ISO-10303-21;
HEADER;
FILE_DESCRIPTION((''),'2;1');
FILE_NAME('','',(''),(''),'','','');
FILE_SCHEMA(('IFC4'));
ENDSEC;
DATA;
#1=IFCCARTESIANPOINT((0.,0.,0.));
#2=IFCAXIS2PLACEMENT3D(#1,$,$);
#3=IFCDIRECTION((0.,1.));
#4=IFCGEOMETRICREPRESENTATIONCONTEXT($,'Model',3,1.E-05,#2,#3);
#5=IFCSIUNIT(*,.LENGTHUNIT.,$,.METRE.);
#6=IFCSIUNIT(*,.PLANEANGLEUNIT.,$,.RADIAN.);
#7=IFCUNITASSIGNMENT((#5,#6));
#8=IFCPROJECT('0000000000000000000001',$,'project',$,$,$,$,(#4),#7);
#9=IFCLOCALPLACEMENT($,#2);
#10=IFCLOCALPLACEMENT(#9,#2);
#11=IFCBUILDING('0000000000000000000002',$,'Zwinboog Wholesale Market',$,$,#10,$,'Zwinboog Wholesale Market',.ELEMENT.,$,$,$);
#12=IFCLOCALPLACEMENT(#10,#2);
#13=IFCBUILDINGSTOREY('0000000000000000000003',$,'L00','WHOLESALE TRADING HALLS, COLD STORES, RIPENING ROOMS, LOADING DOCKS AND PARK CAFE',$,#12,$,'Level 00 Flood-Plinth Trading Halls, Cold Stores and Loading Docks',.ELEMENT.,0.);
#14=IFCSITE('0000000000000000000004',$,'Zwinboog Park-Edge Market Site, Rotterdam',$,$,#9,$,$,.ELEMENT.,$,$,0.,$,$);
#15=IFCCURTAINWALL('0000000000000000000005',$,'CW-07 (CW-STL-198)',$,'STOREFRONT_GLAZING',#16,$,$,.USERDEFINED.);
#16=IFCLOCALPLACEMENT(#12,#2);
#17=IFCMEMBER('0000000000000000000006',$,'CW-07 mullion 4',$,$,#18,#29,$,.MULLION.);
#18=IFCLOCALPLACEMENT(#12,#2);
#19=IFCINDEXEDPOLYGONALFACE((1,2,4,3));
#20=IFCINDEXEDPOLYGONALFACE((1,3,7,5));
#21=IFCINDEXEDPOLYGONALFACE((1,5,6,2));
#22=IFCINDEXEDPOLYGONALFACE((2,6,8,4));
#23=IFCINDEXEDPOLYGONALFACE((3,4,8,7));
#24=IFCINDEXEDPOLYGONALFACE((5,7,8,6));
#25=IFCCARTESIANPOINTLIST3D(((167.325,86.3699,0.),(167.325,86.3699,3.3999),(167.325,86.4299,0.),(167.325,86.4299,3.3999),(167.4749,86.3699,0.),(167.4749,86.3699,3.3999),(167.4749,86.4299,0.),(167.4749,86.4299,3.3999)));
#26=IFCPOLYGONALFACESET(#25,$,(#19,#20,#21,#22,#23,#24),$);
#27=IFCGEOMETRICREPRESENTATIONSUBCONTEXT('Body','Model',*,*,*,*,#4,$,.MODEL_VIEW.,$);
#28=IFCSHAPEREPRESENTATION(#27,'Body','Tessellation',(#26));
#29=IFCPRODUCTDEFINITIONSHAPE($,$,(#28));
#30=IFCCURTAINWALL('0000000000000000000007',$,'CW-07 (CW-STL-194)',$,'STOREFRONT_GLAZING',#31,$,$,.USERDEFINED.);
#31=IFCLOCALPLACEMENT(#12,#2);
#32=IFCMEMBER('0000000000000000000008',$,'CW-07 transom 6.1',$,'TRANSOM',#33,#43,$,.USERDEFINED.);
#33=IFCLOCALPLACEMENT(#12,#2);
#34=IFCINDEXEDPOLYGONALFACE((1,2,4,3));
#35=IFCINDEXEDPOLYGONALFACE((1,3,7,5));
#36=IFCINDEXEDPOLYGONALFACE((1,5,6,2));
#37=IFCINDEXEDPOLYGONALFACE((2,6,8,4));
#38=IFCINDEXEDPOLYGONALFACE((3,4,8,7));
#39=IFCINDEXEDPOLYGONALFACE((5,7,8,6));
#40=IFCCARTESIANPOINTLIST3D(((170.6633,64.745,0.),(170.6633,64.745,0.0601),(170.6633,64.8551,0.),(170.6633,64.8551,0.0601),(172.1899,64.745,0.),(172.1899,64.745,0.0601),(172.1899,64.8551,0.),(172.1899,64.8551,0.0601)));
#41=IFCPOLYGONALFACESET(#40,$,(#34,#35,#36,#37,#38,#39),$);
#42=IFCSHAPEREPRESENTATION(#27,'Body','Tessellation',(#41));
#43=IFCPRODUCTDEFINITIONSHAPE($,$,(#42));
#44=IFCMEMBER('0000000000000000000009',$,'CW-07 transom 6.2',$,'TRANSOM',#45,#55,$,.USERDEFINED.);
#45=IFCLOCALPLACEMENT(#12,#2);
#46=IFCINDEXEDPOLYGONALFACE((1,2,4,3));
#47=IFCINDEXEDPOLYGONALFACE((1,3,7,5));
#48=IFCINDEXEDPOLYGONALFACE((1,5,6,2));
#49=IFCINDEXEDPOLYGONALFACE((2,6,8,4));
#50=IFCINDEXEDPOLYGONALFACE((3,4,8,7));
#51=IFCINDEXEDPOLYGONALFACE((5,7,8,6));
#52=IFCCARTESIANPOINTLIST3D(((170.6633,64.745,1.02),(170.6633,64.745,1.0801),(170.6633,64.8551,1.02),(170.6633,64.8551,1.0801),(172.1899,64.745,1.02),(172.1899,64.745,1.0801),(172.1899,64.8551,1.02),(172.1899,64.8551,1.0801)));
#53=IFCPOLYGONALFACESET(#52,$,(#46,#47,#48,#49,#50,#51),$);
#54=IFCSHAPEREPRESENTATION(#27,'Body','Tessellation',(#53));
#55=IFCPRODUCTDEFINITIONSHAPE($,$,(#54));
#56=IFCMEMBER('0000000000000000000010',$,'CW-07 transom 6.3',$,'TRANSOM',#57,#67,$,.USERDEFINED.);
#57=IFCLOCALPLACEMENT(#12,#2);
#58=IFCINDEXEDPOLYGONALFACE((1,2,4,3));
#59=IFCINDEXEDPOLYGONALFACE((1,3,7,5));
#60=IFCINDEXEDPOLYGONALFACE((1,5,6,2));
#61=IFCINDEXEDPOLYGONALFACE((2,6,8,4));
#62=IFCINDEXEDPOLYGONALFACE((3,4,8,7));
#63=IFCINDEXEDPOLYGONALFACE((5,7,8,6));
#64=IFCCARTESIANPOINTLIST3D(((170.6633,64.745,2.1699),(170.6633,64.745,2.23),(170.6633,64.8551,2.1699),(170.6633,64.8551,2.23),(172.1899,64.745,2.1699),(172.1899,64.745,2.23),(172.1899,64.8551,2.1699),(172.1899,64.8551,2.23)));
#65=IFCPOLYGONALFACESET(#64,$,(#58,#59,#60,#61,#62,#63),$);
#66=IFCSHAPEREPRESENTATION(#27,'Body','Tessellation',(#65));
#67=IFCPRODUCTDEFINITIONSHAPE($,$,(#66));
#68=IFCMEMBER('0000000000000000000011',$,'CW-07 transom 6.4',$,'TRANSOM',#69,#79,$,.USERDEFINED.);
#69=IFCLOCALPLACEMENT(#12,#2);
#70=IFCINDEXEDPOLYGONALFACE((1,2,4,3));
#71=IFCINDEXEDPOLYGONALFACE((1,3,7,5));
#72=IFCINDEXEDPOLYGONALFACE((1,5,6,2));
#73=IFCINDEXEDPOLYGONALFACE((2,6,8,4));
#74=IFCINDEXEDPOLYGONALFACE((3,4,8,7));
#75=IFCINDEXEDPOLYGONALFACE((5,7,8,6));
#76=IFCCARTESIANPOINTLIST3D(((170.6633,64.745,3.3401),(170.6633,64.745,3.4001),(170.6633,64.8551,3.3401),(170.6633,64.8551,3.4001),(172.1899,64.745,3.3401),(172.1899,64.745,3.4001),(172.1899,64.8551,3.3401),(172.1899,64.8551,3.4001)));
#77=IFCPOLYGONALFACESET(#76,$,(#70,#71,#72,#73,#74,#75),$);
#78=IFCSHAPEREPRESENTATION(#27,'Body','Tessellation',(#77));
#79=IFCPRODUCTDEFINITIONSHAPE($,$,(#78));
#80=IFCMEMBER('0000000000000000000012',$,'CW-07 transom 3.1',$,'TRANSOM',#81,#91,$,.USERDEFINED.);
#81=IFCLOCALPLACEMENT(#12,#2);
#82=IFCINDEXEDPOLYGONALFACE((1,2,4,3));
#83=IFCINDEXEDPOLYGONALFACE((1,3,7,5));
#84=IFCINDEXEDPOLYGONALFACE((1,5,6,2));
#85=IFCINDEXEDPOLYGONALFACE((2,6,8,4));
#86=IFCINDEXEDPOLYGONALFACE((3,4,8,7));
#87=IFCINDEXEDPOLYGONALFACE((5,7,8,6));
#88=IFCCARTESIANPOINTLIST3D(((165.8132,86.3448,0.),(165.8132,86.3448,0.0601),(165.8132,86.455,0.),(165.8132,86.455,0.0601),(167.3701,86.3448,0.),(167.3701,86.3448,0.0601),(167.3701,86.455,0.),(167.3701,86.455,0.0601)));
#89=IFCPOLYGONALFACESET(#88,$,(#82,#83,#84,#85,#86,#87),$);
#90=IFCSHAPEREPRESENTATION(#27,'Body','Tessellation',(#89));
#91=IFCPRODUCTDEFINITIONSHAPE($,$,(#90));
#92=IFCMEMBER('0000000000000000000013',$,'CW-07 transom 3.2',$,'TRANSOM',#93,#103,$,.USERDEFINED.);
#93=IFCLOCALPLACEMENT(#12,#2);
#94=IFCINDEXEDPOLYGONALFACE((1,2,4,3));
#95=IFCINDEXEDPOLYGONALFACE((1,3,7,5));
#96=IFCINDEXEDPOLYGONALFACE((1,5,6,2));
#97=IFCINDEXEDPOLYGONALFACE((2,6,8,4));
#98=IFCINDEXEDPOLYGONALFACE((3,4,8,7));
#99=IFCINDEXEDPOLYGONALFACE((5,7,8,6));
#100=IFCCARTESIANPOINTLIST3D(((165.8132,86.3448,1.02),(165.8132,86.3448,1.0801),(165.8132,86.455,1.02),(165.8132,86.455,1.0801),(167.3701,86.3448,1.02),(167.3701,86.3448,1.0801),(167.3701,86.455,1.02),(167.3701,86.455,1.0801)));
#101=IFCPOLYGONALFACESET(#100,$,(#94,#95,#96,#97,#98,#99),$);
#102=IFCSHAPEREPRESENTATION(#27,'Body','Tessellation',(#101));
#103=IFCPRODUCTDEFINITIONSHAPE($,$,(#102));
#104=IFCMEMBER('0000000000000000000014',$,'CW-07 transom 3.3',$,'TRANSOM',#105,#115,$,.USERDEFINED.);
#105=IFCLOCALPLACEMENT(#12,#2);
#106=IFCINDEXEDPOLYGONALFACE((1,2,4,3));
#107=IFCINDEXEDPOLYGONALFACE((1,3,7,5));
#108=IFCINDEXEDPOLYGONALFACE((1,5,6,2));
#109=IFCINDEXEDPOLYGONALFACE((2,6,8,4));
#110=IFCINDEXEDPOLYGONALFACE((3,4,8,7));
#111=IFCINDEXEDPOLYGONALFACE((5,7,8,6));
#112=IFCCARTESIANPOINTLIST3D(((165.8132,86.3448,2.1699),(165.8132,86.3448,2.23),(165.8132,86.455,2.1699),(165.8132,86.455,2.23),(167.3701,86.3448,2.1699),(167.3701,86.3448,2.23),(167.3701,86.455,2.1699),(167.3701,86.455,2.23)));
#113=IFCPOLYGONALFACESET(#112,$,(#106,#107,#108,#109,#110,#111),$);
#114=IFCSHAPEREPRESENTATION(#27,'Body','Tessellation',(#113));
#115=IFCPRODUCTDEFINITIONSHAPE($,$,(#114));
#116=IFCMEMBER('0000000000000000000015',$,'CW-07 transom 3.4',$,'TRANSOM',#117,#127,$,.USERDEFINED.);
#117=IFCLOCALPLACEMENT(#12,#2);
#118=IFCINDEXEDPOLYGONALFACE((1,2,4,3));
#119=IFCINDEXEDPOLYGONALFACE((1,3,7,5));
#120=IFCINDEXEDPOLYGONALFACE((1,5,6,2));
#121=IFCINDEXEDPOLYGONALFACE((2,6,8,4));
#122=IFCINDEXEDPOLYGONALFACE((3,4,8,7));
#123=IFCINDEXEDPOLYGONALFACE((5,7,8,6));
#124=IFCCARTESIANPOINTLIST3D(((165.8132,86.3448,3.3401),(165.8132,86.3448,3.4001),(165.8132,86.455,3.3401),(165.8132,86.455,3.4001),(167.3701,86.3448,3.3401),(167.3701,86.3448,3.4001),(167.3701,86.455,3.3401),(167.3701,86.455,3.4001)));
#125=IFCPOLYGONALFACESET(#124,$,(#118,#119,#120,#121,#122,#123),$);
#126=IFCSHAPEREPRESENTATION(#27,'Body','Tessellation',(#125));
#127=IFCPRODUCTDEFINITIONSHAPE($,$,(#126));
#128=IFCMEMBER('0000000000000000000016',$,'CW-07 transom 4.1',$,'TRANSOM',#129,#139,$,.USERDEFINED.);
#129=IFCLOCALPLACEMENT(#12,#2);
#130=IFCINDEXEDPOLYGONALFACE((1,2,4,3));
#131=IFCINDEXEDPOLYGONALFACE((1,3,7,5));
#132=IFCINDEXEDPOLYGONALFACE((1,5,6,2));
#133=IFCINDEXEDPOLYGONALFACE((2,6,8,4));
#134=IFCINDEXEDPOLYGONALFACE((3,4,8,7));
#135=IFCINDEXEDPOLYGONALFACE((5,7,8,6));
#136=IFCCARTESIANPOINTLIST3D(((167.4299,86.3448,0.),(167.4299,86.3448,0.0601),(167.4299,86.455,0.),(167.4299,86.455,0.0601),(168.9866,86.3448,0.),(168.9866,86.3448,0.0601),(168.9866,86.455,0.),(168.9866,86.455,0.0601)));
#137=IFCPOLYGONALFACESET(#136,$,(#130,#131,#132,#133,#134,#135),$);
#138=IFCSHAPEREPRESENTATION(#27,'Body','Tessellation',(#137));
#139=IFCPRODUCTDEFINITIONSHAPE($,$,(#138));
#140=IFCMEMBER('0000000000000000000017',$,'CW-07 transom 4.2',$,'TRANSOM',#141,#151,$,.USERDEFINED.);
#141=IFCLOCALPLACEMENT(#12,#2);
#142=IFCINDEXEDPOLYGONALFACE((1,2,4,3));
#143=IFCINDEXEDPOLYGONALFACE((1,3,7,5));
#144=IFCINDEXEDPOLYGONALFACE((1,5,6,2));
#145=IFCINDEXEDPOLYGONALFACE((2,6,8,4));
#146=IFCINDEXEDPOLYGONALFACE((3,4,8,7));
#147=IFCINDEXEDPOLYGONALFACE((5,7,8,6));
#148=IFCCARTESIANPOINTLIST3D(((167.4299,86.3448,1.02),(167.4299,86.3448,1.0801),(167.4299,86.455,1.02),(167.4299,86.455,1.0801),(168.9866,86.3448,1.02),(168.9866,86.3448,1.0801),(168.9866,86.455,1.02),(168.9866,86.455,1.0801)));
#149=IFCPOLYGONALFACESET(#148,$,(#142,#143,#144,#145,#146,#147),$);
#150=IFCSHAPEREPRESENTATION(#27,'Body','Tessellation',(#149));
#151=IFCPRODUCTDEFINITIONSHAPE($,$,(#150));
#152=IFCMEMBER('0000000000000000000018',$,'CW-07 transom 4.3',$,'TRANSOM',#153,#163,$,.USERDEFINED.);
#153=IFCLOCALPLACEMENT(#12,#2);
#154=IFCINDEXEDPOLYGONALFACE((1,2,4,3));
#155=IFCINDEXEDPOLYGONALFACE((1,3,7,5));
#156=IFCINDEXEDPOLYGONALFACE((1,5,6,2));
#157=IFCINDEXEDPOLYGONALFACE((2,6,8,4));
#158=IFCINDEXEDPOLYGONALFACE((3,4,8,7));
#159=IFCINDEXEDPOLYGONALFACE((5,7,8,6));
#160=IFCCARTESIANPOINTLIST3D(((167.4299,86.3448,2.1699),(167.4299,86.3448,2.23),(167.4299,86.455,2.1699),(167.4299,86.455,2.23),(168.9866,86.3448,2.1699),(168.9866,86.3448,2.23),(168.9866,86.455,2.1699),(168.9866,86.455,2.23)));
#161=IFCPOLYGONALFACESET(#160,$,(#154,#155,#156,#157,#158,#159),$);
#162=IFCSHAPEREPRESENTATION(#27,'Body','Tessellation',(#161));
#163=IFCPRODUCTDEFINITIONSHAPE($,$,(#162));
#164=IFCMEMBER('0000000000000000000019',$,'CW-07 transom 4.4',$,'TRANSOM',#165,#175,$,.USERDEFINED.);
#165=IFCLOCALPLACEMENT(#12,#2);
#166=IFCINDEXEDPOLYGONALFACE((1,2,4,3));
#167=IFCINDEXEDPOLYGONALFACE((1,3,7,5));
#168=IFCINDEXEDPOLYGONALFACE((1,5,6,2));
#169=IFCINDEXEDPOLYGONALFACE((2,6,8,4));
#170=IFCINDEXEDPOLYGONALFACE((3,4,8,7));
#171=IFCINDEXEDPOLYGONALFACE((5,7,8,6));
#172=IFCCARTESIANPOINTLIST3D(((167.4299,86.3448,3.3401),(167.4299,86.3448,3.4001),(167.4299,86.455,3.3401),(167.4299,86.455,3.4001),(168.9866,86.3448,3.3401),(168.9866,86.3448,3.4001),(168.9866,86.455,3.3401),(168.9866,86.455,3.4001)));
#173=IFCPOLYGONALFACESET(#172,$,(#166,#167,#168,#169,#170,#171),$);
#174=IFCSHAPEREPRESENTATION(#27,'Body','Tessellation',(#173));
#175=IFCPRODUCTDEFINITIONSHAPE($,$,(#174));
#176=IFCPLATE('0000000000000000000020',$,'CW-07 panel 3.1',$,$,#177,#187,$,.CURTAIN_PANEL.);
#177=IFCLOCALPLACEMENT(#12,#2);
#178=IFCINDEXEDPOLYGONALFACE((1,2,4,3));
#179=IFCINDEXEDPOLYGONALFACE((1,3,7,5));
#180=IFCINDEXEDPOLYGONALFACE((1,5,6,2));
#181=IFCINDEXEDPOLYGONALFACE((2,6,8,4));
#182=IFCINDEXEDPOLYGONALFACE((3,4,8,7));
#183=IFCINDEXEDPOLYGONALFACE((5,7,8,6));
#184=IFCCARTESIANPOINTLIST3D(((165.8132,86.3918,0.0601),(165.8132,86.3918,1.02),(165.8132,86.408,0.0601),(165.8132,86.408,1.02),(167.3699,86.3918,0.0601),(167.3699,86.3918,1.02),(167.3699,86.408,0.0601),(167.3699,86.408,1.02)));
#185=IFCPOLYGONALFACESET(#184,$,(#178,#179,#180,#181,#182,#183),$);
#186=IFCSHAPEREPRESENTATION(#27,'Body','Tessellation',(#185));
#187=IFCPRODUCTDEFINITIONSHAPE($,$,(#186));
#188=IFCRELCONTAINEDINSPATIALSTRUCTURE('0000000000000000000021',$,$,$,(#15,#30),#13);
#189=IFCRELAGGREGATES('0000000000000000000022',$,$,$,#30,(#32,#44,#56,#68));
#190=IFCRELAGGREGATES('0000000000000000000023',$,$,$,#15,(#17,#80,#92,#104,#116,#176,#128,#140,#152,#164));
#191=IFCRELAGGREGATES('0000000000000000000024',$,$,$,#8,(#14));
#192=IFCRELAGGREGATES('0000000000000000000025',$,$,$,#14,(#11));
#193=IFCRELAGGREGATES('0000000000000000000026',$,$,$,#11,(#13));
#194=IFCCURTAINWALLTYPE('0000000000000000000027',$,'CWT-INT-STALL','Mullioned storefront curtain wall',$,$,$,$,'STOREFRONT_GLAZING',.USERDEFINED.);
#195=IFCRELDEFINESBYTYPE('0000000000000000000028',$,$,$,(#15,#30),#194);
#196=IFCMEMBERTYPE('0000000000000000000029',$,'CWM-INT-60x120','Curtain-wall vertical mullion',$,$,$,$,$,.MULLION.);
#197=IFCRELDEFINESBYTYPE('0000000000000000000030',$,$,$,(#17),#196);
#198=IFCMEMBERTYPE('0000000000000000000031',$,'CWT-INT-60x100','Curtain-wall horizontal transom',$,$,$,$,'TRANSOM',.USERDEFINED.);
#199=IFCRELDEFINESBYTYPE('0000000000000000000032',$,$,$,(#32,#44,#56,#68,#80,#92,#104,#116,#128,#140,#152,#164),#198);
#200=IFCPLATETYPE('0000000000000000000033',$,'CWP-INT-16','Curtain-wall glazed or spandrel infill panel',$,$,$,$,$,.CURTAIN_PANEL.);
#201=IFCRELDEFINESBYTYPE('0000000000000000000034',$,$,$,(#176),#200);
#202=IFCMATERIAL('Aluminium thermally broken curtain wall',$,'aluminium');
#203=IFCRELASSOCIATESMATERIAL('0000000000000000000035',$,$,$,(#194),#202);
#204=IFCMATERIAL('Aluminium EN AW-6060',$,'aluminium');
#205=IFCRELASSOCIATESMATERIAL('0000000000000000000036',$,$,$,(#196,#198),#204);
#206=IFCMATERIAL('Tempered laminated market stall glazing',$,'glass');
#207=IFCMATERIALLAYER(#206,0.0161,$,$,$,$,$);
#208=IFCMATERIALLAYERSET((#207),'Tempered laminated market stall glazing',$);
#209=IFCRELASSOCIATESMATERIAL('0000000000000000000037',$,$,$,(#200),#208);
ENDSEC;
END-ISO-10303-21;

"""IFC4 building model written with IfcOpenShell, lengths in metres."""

from ifc_helpers import new_model, si_unit, direction, frame, origin, origin_2d, place, context, subcontext, project, spatial, rectangle, extrude, material, layer, layer_set, material_profile, profile_set, type_object, element, aggregate, save


model = new_model("IFC4")

# Units and contexts
model_context = context("Model", 3, precision=1e-05, world=origin(), true_north=direction((0.0, 1.0)))
body_context = subcontext(model_context, "Body", "Model", "MODEL_VIEW")
ifc_project = project(units=[si_unit("LENGTHUNIT", "METRE"), si_unit("PLANEANGLEUNIT", "RADIAN")], contexts=[model_context])

# Site, building, storey
site_placement = place(None, origin())
site = spatial("IfcSite", under=ifc_project, at=site_placement, Name="Zwinboog Park-Edge Market Site, Rotterdam", CompositionType="ELEMENT", RefElevation=0.0)
building_placement = place(site_placement, origin())
building = spatial("IfcBuilding", under=site, at=building_placement, Name="Zwinboog Wholesale Market", LongName="Zwinboog Wholesale Market", CompositionType="ELEMENT")
storey_placement = place(building_placement, origin())
storey = spatial("IfcBuildingStorey", under=building, at=storey_placement, Name="L00", Description="WHOLESALE TRADING HALLS, COLD STORES, RIPENING ROOMS, LOADING DOCKS AND PARK CAFE", LongName="Level 00 Flood-Plinth Trading Halls, Cold Stores and Loading Docks", CompositionType="ELEMENT", Elevation=0.0)

# Curtain wall, member
ifc_material_1 = material(Name="Aluminium thermally broken curtain wall", Category="aluminium")
curtain_wall_type = type_object("IfcCurtainWallType", Name="CWT-INT-STALL", Description="Mullioned storefront curtain wall", ElementType="STOREFRONT_GLAZING", PredefinedType="USERDEFINED", material=ifc_material_1)
curtain_wall_1_placement = place(storey_placement, origin())
curtain_wall_1 = element("IfcCurtainWall", 1, at=curtain_wall_1_placement, inside=storey, type_object=curtain_wall_type, Name="CW-07 (CW-STL-198)", ObjectType="STOREFRONT_GLAZING", PredefinedType="USERDEFINED")
ifc_material_2 = material(Name="Aluminium EN AW-6060", Category="aluminium")
ifc_material_profile_1 = material_profile(ifc_material_2, rectangle(XDim=0.0601, YDim=0.1499, at=origin_2d()), Name="AL 60x150")
ifc_profile_set_1 = profile_set([ifc_material_profile_1], Name="Aluminium EN AW-6060")
member_type_1 = type_object("IfcMemberType", Name="CWM-INT-60x120", Description="Curtain-wall vertical mullion", PredefinedType="MULLION", material=ifc_profile_set_1)
member_1_placement = place(storey_placement, frame((167.3999, 86.3999, 0.0), z_axis=(0.0, 0.0, 1.0), x_axis=(0.0, 1.0, 0.0)))
member_1 = element("IfcMember", 2, at=member_1_placement, type_object=member_type_1, Name="CW-07 mullion 4", PredefinedType="MULLION", context=body_context, shape_type="SweptSolid", body=[
    extrude(rectangle(XDim=0.0601, YDim=0.1499, at=origin_2d()), origin(), (0.0, 0.0, 1.0), 3.3999),
])

# Curtain wall, members
curtain_wall_2_placement = place(storey_placement, origin())
curtain_wall_2 = element("IfcCurtainWall", 3, at=curtain_wall_2_placement, inside=storey, type_object=curtain_wall_type, Name="CW-07 (CW-STL-194)", ObjectType="STOREFRONT_GLAZING", PredefinedType="USERDEFINED")
ifc_material_profile_2 = material_profile(ifc_material_2, rectangle(XDim=0.1101, YDim=0.0601, at=origin_2d()), Name="AL 60x110")
ifc_profile_set_2 = profile_set([ifc_material_profile_2], Name="Aluminium EN AW-6060")
member_type_2 = type_object("IfcMemberType", Name="CWT-INT-60x100", Description="Curtain-wall horizontal transom", ElementType="TRANSOM", PredefinedType="USERDEFINED", material=ifc_profile_set_2)
member_2_placement = place(storey_placement, frame((170.6633, 64.8, 0.03), z_axis=(1.0, 0.0, 0.0), x_axis=(0.0, 1.0, 0.0)))
member_2 = element("IfcMember", 4, at=member_2_placement, type_object=member_type_2, Name="CW-07 transom 6.1", ObjectType="TRANSOM", PredefinedType="USERDEFINED", context=body_context, shape_type="SweptSolid", body=[
    extrude(rectangle(XDim=0.1101, YDim=0.0601, at=origin_2d()), origin(), (0.0, 0.0, 1.0), 1.5266),
])
member_3_placement = place(storey_placement, frame((170.6633, 64.8, 1.05), z_axis=(1.0, 0.0, 0.0), x_axis=(0.0, 1.0, 0.0)))
member_3 = element("IfcMember", 5, at=member_3_placement, type_object=member_type_2, Name="CW-07 transom 6.2", ObjectType="TRANSOM", PredefinedType="USERDEFINED", context=body_context, shape_type="SweptSolid", body=[
    extrude(rectangle(XDim=0.1101, YDim=0.0601, at=origin_2d()), origin(), (0.0, 0.0, 1.0), 1.5266),
])
member_4_placement = place(storey_placement, frame((170.6633, 64.8, 2.2), z_axis=(1.0, 0.0, 0.0), x_axis=(0.0, 1.0, 0.0)))
member_4 = element("IfcMember", 6, at=member_4_placement, type_object=member_type_2, Name="CW-07 transom 6.3", ObjectType="TRANSOM", PredefinedType="USERDEFINED", context=body_context, shape_type="SweptSolid", body=[
    extrude(rectangle(XDim=0.1101, YDim=0.0601, at=origin_2d()), origin(), (0.0, 0.0, 1.0), 1.5266),
])
member_5_placement = place(storey_placement, frame((170.6633, 64.8, 3.3701), z_axis=(1.0, 0.0, 0.0), x_axis=(0.0, 1.0, 0.0)))
member_5 = element("IfcMember", 7, at=member_5_placement, type_object=member_type_2, Name="CW-07 transom 6.4", ObjectType="TRANSOM", PredefinedType="USERDEFINED", context=body_context, shape_type="SweptSolid", body=[
    extrude(rectangle(XDim=0.1101, YDim=0.0601, at=origin_2d()), origin(), (0.0, 0.0, 1.0), 1.5266),
])
aggregate(curtain_wall_2, [member_2, member_3, member_4, member_5])

# Members
member_6_placement = place(storey_placement, frame((165.8132, 86.3999, 0.03), z_axis=(1.0, 0.0, 0.0), x_axis=(0.0, 1.0, 0.0)))
member_6 = element("IfcMember", 8, at=member_6_placement, type_object=member_type_2, Name="CW-07 transom 3.1", ObjectType="TRANSOM", PredefinedType="USERDEFINED", context=body_context, shape_type="SweptSolid", body=[
    extrude(rectangle(XDim=0.1101, YDim=0.0601, at=origin_2d()), origin(), (0.0, 0.0, 1.0), 1.5569),
])
member_7_placement = place(storey_placement, frame((165.8132, 86.3999, 1.05), z_axis=(1.0, 0.0, 0.0), x_axis=(0.0, 1.0, 0.0)))
member_7 = element("IfcMember", 9, at=member_7_placement, type_object=member_type_2, Name="CW-07 transom 3.2", ObjectType="TRANSOM", PredefinedType="USERDEFINED", context=body_context, shape_type="SweptSolid", body=[
    extrude(rectangle(XDim=0.1101, YDim=0.0601, at=origin_2d()), origin(), (0.0, 0.0, 1.0), 1.5569),
])
member_8_placement = place(storey_placement, frame((165.8132, 86.3999, 2.2), z_axis=(1.0, 0.0, 0.0), x_axis=(0.0, 1.0, 0.0)))
member_8 = element("IfcMember", 10, at=member_8_placement, type_object=member_type_2, Name="CW-07 transom 3.3", ObjectType="TRANSOM", PredefinedType="USERDEFINED", context=body_context, shape_type="SweptSolid", body=[
    extrude(rectangle(XDim=0.1101, YDim=0.0601, at=origin_2d()), origin(), (0.0, 0.0, 1.0), 1.5569),
])
member_9_placement = place(storey_placement, frame((165.8132, 86.3999, 3.3701), z_axis=(1.0, 0.0, 0.0), x_axis=(0.0, 1.0, 0.0)))
member_9 = element("IfcMember", 11, at=member_9_placement, type_object=member_type_2, Name="CW-07 transom 3.4", ObjectType="TRANSOM", PredefinedType="USERDEFINED", context=body_context, shape_type="SweptSolid", body=[
    extrude(rectangle(XDim=0.1101, YDim=0.0601, at=origin_2d()), origin(), (0.0, 0.0, 1.0), 1.5569),
])
member_10_placement = place(storey_placement, frame((167.4299, 86.3999, 0.03), z_axis=(1.0, 0.0, 0.0), x_axis=(0.0, 1.0, 0.0)))
member_10 = element("IfcMember", 12, at=member_10_placement, type_object=member_type_2, Name="CW-07 transom 4.1", ObjectType="TRANSOM", PredefinedType="USERDEFINED", context=body_context, shape_type="SweptSolid", body=[
    extrude(rectangle(XDim=0.1101, YDim=0.0601, at=origin_2d()), origin(), (0.0, 0.0, 1.0), 1.5566),
])
member_11_placement = place(storey_placement, frame((167.4299, 86.3999, 1.05), z_axis=(1.0, 0.0, 0.0), x_axis=(0.0, 1.0, 0.0)))
member_11 = element("IfcMember", 13, at=member_11_placement, type_object=member_type_2, Name="CW-07 transom 4.2", ObjectType="TRANSOM", PredefinedType="USERDEFINED", context=body_context, shape_type="SweptSolid", body=[
    extrude(rectangle(XDim=0.1101, YDim=0.0601, at=origin_2d()), origin(), (0.0, 0.0, 1.0), 1.5566),
])
member_12_placement = place(storey_placement, frame((167.4299, 86.3999, 2.2), z_axis=(1.0, 0.0, 0.0), x_axis=(0.0, 1.0, 0.0)))
member_12 = element("IfcMember", 14, at=member_12_placement, type_object=member_type_2, Name="CW-07 transom 4.3", ObjectType="TRANSOM", PredefinedType="USERDEFINED", context=body_context, shape_type="SweptSolid", body=[
    extrude(rectangle(XDim=0.1101, YDim=0.0601, at=origin_2d()), origin(), (0.0, 0.0, 1.0), 1.5566),
])
member_13_placement = place(storey_placement, frame((167.4299, 86.3999, 3.3701), z_axis=(1.0, 0.0, 0.0), x_axis=(0.0, 1.0, 0.0)))
member_13 = element("IfcMember", 15, at=member_13_placement, type_object=member_type_2, Name="CW-07 transom 4.4", ObjectType="TRANSOM", PredefinedType="USERDEFINED", context=body_context, shape_type="SweptSolid", body=[
    extrude(rectangle(XDim=0.1101, YDim=0.0601, at=origin_2d()), origin(), (0.0, 0.0, 1.0), 1.5566),
])

# Plate
ifc_material_3 = material(Name="Tempered laminated market stall glazing", Category="glass")
ifc_layer_1 = layer(ifc_material_3, 0.0161)
ifc_layer_set_1 = layer_set([ifc_layer_1], Name="Tempered laminated market stall glazing")
plate_type = type_object("IfcPlateType", Name="CWP-INT-16", Description="Curtain-wall glazed or spandrel infill panel", PredefinedType="CURTAIN_PANEL", material=ifc_layer_set_1)
plate_1_placement = place(storey_placement, frame((166.5916, 86.3999, 0.0601), z_axis=(0.0, 0.0, 1.0), x_axis=(1.0, 0.0, 0.0)))
plate_1 = element("IfcPlate", 16, at=plate_1_placement, type_object=plate_type, Name="CW-07 panel 3.1", PredefinedType="CURTAIN_PANEL", context=body_context, shape_type="SweptSolid", body=[
    extrude(rectangle(XDim=1.5566, YDim=0.0161, at=origin_2d()), origin(), (0.0, 0.0, 1.0), 0.96),
])
aggregate(curtain_wall_1, [member_1, member_6, member_7, member_8, member_9, plate_1, member_10, member_11, member_12, member_13])

save(model, "model.ifc")
